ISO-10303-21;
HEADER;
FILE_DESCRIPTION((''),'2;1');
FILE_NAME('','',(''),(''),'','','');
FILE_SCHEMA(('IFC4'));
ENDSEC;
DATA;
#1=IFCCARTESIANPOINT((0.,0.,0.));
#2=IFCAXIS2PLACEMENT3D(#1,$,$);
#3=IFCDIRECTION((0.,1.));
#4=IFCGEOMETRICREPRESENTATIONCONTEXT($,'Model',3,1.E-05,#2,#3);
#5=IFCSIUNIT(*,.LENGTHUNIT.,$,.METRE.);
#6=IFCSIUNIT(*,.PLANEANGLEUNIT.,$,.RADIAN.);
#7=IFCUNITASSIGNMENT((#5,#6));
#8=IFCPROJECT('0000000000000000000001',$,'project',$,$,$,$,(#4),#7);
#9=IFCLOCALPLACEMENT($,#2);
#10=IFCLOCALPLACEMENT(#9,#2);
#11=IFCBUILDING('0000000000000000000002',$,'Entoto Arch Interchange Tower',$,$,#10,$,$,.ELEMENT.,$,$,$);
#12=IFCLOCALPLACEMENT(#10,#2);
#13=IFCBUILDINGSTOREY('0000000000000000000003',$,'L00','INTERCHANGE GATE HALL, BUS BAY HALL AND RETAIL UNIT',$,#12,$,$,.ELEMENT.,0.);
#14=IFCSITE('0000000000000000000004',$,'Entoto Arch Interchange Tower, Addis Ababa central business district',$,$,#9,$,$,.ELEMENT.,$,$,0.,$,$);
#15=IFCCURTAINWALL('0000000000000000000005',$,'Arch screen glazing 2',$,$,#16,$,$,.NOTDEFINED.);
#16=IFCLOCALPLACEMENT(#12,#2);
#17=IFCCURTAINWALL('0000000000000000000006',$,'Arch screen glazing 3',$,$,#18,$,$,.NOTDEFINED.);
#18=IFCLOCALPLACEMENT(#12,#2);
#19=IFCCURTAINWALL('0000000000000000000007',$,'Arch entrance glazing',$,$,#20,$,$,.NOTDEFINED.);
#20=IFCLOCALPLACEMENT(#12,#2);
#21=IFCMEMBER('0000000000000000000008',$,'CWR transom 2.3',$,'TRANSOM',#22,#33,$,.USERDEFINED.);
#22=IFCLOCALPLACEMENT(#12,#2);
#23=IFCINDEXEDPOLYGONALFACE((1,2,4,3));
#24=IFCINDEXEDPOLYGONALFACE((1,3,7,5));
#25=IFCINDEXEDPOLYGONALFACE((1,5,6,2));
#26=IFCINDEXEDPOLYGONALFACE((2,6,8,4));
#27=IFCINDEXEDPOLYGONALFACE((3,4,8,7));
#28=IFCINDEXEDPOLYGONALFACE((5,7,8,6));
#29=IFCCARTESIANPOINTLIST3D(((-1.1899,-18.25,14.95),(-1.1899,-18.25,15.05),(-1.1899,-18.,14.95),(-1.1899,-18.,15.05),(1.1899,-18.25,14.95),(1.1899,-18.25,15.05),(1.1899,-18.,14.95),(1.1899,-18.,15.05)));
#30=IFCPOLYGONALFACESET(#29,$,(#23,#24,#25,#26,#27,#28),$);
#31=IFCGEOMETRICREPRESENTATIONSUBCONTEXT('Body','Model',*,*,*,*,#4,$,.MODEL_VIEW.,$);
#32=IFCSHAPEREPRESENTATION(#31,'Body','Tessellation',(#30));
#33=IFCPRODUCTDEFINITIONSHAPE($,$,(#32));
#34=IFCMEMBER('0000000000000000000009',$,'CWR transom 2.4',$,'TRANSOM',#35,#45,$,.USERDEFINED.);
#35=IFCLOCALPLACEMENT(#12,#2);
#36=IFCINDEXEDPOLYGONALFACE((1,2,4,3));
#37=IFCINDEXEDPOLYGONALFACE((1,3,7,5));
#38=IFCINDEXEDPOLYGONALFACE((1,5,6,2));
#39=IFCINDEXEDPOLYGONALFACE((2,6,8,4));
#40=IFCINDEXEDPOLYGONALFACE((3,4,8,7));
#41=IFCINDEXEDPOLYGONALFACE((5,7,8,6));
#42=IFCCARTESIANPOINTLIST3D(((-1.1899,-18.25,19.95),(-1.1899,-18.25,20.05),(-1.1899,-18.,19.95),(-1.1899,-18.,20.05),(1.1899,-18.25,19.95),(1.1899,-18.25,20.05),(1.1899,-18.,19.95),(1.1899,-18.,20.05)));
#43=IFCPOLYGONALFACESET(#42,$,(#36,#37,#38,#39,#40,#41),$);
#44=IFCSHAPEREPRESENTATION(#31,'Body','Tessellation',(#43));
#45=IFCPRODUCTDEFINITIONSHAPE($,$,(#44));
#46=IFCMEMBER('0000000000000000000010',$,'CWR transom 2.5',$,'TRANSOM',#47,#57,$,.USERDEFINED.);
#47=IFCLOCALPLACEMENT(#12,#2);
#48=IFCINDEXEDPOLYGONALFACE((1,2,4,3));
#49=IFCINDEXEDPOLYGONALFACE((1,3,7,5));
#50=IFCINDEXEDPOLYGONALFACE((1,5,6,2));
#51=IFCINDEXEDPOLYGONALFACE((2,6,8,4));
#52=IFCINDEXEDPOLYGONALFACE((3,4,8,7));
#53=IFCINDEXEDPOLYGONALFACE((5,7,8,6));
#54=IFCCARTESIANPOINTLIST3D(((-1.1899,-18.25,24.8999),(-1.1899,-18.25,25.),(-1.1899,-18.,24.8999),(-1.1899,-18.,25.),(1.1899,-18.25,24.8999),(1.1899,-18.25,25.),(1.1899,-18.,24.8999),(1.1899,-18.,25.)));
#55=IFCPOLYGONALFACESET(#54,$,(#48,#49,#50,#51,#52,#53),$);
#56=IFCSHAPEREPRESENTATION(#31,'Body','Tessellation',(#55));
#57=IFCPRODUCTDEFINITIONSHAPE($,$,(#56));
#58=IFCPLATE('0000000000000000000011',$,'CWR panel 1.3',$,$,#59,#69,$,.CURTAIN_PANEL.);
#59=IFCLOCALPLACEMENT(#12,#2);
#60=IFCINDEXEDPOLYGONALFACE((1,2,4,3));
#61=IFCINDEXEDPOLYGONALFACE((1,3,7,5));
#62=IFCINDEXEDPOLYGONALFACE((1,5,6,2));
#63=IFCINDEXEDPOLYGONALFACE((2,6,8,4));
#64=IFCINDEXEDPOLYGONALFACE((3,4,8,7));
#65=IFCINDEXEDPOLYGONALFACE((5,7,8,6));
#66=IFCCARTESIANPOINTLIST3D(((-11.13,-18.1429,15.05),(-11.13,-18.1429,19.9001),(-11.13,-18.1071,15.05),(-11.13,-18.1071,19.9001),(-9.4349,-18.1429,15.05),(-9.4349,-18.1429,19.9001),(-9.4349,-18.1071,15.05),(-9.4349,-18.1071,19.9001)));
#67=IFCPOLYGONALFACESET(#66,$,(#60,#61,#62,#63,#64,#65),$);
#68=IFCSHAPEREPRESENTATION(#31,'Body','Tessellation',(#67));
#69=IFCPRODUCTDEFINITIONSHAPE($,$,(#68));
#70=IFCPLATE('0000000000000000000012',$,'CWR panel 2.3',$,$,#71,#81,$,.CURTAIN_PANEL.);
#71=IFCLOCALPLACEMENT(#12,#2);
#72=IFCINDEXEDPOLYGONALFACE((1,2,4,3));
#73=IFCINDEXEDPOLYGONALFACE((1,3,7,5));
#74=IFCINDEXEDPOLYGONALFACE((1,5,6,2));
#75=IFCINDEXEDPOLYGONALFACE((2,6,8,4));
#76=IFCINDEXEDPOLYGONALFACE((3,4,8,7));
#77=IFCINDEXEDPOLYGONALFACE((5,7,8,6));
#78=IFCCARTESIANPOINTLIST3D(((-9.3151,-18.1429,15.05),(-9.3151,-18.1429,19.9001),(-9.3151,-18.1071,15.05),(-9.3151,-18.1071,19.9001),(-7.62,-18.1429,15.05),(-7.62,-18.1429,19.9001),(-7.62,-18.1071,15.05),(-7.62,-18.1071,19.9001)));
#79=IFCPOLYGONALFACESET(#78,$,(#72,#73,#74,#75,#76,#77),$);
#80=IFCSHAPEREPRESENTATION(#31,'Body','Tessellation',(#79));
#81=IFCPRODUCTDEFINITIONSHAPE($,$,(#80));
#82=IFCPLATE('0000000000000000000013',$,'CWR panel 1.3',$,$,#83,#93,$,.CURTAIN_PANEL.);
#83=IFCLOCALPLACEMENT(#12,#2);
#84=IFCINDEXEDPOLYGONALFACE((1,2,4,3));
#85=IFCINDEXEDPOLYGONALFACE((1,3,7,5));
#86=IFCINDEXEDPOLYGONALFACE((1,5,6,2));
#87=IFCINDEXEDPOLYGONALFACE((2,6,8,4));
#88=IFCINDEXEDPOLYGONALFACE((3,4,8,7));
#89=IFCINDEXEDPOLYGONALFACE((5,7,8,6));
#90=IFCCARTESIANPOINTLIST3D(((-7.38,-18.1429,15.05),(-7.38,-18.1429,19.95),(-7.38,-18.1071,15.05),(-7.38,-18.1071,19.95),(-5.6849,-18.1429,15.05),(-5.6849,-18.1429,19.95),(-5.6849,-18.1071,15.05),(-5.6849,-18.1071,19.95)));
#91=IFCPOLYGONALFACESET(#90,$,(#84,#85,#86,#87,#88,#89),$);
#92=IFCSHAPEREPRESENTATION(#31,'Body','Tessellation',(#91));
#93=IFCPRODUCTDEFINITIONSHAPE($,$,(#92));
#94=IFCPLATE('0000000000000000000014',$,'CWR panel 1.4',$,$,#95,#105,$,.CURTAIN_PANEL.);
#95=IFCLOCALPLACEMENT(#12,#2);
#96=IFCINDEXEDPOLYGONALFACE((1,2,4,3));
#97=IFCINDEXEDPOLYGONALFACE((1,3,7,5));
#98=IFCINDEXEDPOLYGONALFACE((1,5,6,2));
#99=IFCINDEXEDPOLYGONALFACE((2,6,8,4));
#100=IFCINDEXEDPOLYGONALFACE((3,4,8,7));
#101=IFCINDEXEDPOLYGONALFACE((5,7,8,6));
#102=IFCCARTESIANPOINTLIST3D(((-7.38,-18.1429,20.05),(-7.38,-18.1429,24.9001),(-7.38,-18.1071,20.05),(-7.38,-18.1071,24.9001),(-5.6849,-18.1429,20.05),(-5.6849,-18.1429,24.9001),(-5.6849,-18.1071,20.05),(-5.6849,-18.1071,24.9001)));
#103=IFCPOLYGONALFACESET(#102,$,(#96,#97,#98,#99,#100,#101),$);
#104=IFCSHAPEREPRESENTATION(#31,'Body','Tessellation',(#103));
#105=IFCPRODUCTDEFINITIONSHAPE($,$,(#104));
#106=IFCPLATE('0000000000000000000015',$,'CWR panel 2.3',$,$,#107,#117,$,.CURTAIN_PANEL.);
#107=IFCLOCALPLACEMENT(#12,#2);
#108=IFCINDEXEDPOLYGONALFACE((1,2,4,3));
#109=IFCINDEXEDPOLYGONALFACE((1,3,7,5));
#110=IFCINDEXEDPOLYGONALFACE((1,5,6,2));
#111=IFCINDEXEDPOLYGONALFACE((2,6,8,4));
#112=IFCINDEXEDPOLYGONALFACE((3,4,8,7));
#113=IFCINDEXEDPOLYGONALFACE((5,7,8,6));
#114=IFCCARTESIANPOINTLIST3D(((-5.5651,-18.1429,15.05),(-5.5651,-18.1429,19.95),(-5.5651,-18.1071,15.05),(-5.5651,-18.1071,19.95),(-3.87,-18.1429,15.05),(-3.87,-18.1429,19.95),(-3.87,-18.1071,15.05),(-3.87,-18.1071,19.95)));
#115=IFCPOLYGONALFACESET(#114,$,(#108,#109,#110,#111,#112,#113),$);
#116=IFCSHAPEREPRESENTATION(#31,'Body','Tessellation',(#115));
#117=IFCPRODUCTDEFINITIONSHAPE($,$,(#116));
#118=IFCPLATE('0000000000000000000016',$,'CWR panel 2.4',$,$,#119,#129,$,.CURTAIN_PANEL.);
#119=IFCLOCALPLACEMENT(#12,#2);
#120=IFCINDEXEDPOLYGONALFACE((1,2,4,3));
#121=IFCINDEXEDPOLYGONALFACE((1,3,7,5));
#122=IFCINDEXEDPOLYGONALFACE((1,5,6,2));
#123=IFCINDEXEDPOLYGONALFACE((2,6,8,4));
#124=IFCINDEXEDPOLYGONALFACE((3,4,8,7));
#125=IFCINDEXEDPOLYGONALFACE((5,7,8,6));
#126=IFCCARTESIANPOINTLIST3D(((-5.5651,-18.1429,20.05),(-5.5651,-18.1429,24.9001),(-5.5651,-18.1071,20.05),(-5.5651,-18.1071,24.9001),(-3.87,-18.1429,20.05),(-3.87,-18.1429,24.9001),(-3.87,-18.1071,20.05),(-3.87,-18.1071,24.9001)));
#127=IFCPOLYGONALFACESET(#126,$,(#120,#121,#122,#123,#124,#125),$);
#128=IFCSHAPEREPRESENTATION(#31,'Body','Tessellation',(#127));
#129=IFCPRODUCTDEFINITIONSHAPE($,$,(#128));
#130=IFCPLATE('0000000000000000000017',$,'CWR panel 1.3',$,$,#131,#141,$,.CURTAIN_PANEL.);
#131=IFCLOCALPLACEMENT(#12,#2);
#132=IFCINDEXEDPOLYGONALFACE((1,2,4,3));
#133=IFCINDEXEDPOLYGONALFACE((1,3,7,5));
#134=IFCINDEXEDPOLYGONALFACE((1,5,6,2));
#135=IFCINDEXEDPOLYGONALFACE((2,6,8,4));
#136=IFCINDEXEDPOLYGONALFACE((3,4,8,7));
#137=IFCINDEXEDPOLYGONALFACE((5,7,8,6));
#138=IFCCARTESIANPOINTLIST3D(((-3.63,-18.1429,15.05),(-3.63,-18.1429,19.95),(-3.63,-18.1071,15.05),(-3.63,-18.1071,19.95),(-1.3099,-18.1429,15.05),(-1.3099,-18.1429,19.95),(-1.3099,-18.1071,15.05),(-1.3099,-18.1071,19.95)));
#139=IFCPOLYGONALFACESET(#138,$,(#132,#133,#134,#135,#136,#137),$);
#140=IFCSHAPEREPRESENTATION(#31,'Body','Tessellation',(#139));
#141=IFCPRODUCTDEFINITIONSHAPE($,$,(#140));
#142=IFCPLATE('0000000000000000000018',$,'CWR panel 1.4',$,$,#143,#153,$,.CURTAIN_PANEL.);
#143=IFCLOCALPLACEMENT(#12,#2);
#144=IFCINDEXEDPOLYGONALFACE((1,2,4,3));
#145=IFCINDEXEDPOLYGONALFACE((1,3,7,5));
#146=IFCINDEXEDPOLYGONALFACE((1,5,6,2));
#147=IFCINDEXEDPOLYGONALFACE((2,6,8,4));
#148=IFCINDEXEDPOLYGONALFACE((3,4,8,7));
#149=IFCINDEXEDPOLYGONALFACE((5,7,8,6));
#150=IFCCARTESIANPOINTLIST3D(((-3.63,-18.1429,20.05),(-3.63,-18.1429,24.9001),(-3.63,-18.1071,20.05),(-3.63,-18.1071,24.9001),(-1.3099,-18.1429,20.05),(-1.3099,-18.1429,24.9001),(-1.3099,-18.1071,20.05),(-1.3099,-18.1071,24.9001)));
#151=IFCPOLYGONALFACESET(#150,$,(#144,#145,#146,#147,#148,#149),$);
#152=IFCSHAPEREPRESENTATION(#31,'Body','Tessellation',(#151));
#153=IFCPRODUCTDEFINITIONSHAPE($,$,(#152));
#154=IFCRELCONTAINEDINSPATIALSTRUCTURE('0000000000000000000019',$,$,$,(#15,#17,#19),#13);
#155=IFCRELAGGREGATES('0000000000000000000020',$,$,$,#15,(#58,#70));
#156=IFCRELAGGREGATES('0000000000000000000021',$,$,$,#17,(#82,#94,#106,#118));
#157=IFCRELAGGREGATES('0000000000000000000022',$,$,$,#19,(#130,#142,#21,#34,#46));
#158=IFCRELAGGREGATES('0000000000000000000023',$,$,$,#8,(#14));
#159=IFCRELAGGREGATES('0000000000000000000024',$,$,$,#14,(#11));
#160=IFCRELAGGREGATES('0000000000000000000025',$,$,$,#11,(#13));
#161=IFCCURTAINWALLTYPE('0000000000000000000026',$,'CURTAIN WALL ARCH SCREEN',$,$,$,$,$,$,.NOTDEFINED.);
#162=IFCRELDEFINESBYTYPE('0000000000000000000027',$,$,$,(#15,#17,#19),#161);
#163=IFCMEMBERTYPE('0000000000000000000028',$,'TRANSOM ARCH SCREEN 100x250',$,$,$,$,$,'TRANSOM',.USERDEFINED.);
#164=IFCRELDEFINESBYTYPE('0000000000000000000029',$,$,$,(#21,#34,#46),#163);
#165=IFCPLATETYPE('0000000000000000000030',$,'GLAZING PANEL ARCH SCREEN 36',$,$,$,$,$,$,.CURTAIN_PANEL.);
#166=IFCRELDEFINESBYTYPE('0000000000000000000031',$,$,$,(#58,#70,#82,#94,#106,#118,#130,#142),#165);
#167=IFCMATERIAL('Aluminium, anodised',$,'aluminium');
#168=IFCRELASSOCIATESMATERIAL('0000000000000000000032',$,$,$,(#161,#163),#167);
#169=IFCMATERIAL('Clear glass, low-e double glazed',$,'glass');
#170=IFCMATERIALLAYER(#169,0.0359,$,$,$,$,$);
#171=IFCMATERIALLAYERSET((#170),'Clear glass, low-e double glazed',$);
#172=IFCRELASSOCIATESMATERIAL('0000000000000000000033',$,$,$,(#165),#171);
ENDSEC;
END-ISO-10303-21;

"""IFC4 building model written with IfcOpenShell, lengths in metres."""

from ifc_helpers import new_model, si_unit, direction, frame, origin, origin_2d, place, context, subcontext, project, spatial, rectangle, extrude, material, layer, layer_set, material_profile, profile_set, type_object, element, aggregate, save


model = new_model("IFC4")

# Units and contexts
model_context = context("Model", 3, precision=1e-05, world=origin(), true_north=direction((0.0, 1.0)))
body_context = subcontext(model_context, "Body", "Model", "MODEL_VIEW")
ifc_project = project(units=[si_unit("LENGTHUNIT", "METRE"), si_unit("PLANEANGLEUNIT", "RADIAN")], contexts=[model_context])

# Site, building, storey
site_placement = place(None, origin())
site = spatial("IfcSite", under=ifc_project, at=site_placement, Name="Entoto Arch Interchange Tower, Addis Ababa central business district", CompositionType="ELEMENT", RefElevation=0.0)
building_placement = place(site_placement, origin())
building = spatial("IfcBuilding", under=site, at=building_placement, Name="Entoto Arch Interchange Tower", CompositionType="ELEMENT")
storey_placement = place(building_placement, origin())
storey = spatial("IfcBuildingStorey", under=building, at=storey_placement, Name="L00", Description="INTERCHANGE GATE HALL, BUS BAY HALL AND RETAIL UNIT", CompositionType="ELEMENT", Elevation=0.0)

# Curtain walls, members
ifc_material_1 = material(Name="Aluminium, anodised", Category="aluminium")
curtain_wall_type = type_object("IfcCurtainWallType", Name="CURTAIN WALL ARCH SCREEN", PredefinedType="NOTDEFINED", material=ifc_material_1)
ifc_material_profile = material_profile(ifc_material_1, rectangle(XDim=0.25, YDim=0.1001, at=origin_2d()))
ifc_profile_set = profile_set([ifc_material_profile], Name="Aluminium, anodised")
member_type = type_object("IfcMemberType", Name="TRANSOM ARCH SCREEN 100x250", ElementType="TRANSOM", PredefinedType="USERDEFINED", material=ifc_profile_set)
curtain_wall_1_placement = place(storey_placement, origin())
curtain_wall_1 = element("IfcCurtainWall", 1, at=curtain_wall_1_placement, inside=storey, type_object=curtain_wall_type, Name="Arch screen glazing 2", PredefinedType="NOTDEFINED")
curtain_wall_2_placement = place(storey_placement, origin())
curtain_wall_2 = element("IfcCurtainWall", 2, at=curtain_wall_2_placement, inside=storey, type_object=curtain_wall_type, Name="Arch screen glazing 3", PredefinedType="NOTDEFINED")
curtain_wall_3_placement = place(storey_placement, origin())
curtain_wall_3 = element("IfcCurtainWall", 3, at=curtain_wall_3_placement, inside=storey, type_object=curtain_wall_type, Name="Arch entrance glazing", PredefinedType="NOTDEFINED")
member_1_placement = place(storey_placement, frame((-1.1899, -18.125, 15.0), z_axis=(1.0, 0.0, 0.0), x_axis=(0.0, 1.0, 0.0)))
member_1 = element("IfcMember", 4, at=member_1_placement, type_object=member_type, Name="CWR transom 2.3", ObjectType="TRANSOM", PredefinedType="USERDEFINED", context=body_context, shape_type="SweptSolid", body=[
    extrude(rectangle(XDim=0.25, YDim=0.1001, at=origin_2d()), origin(), (0.0, 0.0, 1.0), 2.3799),
])
member_2_placement = place(storey_placement, frame((-1.1899, -18.125, 20.0), z_axis=(1.0, 0.0, 0.0), x_axis=(0.0, 1.0, 0.0)))
member_2 = element("IfcMember", 5, at=member_2_placement, type_object=member_type, Name="CWR transom 2.4", ObjectType="TRANSOM", PredefinedType="USERDEFINED", context=body_context, shape_type="SweptSolid", body=[
    extrude(rectangle(XDim=0.25, YDim=0.1001, at=origin_2d()), origin(), (0.0, 0.0, 1.0), 2.3799),
])
member_3_placement = place(storey_placement, frame((-1.1899, -18.125, 24.95), z_axis=(1.0, 0.0, 0.0), x_axis=(0.0, 1.0, 0.0)))
member_3 = element("IfcMember", 6, at=member_3_placement, type_object=member_type, Name="CWR transom 2.5", ObjectType="TRANSOM", PredefinedType="USERDEFINED", context=body_context, shape_type="SweptSolid", body=[
    extrude(rectangle(XDim=0.25, YDim=0.1001, at=origin_2d()), origin(), (0.0, 0.0, 1.0), 2.3799),
])

# Plates
ifc_material_2 = material(Name="Clear glass, low-e double glazed", Category="glass")
ifc_layer_1 = layer(ifc_material_2, 0.0359)
ifc_layer_set_1 = layer_set([ifc_layer_1], Name="Clear glass, low-e double glazed")
plate_type = type_object("IfcPlateType", Name="GLAZING PANEL ARCH SCREEN 36", PredefinedType="CURTAIN_PANEL", material=ifc_layer_set_1)
plate_1_placement = place(storey_placement, frame((-10.2825, -18.125, 15.05), z_axis=(0.0, 0.0, 1.0), x_axis=(1.0, 0.0, 0.0)))
plate_1 = element("IfcPlate", 7, at=plate_1_placement, type_object=plate_type, Name="CWR panel 1.3", PredefinedType="CURTAIN_PANEL", context=body_context, shape_type="SweptSolid", body=[
    extrude(rectangle(XDim=1.6951, YDim=0.0359, at=origin_2d()), origin(), (0.0, 0.0, 1.0), 4.8501),
])
plate_2_placement = place(storey_placement, frame((-8.4675, -18.125, 15.05), z_axis=(0.0, 0.0, 1.0), x_axis=(1.0, 0.0, 0.0)))
plate_2 = element("IfcPlate", 8, at=plate_2_placement, type_object=plate_type, Name="CWR panel 2.3", PredefinedType="CURTAIN_PANEL", context=body_context, shape_type="SweptSolid", body=[
    extrude(rectangle(XDim=1.6951, YDim=0.0359, at=origin_2d()), origin(), (0.0, 0.0, 1.0), 4.8501),
])
aggregate(curtain_wall_1, [plate_1, plate_2])
plate_3_placement = place(storey_placement, frame((-6.5325, -18.125, 15.05), z_axis=(0.0, 0.0, 1.0), x_axis=(1.0, 0.0, 0.0)))
plate_3 = element("IfcPlate", 9, at=plate_3_placement, type_object=plate_type, Name="CWR panel 1.3", PredefinedType="CURTAIN_PANEL", context=body_context, shape_type="SweptSolid", body=[
    extrude(rectangle(XDim=1.6951, YDim=0.0359, at=origin_2d()), origin(), (0.0, 0.0, 1.0), 4.8999),
])
plate_4_placement = place(storey_placement, frame((-6.5325, -18.125, 20.05), z_axis=(0.0, 0.0, 1.0), x_axis=(1.0, 0.0, 0.0)))
plate_4 = element("IfcPlate", 10, at=plate_4_placement, type_object=plate_type, Name="CWR panel 1.4", PredefinedType="CURTAIN_PANEL", context=body_context, shape_type="SweptSolid", body=[
    extrude(rectangle(XDim=1.6951, YDim=0.0359, at=origin_2d()), origin(), (0.0, 0.0, 1.0), 4.8501),
])
plate_5_placement = place(storey_placement, frame((-4.7175, -18.125, 15.05), z_axis=(0.0, 0.0, 1.0), x_axis=(1.0, 0.0, 0.0)))
plate_5 = element("IfcPlate", 11, at=plate_5_placement, type_object=plate_type, Name="CWR panel 2.3", PredefinedType="CURTAIN_PANEL", context=body_context, shape_type="SweptSolid", body=[
    extrude(rectangle(XDim=1.6951, YDim=0.0359, at=origin_2d()), origin(), (0.0, 0.0, 1.0), 4.8999),
])
plate_6_placement = place(storey_placement, frame((-4.7175, -18.125, 20.05), z_axis=(0.0, 0.0, 1.0), x_axis=(1.0, 0.0, 0.0)))
plate_6 = element("IfcPlate", 12, at=plate_6_placement, type_object=plate_type, Name="CWR panel 2.4", PredefinedType="CURTAIN_PANEL", context=body_context, shape_type="SweptSolid", body=[
    extrude(rectangle(XDim=1.6951, YDim=0.0359, at=origin_2d()), origin(), (0.0, 0.0, 1.0), 4.8501),
])
aggregate(curtain_wall_2, [plate_3, plate_4, plate_5, plate_6])
plate_7_placement = place(storey_placement, frame((-2.47, -18.125, 15.05), z_axis=(0.0, 0.0, 1.0), x_axis=(1.0, 0.0, 0.0)))
plate_7 = element("IfcPlate", 13, at=plate_7_placement, type_object=plate_type, Name="CWR panel 1.3", PredefinedType="CURTAIN_PANEL", context=body_context, shape_type="SweptSolid", body=[
    extrude(rectangle(XDim=2.3201, YDim=0.0359, at=origin_2d()), origin(), (0.0, 0.0, 1.0), 4.8999),
])
plate_8_placement = place(storey_placement, frame((-2.47, -18.125, 20.05), z_axis=(0.0, 0.0, 1.0), x_axis=(1.0, 0.0, 0.0)))
plate_8 = element("IfcPlate", 14, at=plate_8_placement, type_object=plate_type, Name="CWR panel 1.4", PredefinedType="CURTAIN_PANEL", context=body_context, shape_type="SweptSolid", body=[
    extrude(rectangle(XDim=2.3201, YDim=0.0359, at=origin_2d()), origin(), (0.0, 0.0, 1.0), 4.8501),
])
aggregate(curtain_wall_3, [plate_7, plate_8, member_1, member_2, member_3])

save(model, "model.ifc")
